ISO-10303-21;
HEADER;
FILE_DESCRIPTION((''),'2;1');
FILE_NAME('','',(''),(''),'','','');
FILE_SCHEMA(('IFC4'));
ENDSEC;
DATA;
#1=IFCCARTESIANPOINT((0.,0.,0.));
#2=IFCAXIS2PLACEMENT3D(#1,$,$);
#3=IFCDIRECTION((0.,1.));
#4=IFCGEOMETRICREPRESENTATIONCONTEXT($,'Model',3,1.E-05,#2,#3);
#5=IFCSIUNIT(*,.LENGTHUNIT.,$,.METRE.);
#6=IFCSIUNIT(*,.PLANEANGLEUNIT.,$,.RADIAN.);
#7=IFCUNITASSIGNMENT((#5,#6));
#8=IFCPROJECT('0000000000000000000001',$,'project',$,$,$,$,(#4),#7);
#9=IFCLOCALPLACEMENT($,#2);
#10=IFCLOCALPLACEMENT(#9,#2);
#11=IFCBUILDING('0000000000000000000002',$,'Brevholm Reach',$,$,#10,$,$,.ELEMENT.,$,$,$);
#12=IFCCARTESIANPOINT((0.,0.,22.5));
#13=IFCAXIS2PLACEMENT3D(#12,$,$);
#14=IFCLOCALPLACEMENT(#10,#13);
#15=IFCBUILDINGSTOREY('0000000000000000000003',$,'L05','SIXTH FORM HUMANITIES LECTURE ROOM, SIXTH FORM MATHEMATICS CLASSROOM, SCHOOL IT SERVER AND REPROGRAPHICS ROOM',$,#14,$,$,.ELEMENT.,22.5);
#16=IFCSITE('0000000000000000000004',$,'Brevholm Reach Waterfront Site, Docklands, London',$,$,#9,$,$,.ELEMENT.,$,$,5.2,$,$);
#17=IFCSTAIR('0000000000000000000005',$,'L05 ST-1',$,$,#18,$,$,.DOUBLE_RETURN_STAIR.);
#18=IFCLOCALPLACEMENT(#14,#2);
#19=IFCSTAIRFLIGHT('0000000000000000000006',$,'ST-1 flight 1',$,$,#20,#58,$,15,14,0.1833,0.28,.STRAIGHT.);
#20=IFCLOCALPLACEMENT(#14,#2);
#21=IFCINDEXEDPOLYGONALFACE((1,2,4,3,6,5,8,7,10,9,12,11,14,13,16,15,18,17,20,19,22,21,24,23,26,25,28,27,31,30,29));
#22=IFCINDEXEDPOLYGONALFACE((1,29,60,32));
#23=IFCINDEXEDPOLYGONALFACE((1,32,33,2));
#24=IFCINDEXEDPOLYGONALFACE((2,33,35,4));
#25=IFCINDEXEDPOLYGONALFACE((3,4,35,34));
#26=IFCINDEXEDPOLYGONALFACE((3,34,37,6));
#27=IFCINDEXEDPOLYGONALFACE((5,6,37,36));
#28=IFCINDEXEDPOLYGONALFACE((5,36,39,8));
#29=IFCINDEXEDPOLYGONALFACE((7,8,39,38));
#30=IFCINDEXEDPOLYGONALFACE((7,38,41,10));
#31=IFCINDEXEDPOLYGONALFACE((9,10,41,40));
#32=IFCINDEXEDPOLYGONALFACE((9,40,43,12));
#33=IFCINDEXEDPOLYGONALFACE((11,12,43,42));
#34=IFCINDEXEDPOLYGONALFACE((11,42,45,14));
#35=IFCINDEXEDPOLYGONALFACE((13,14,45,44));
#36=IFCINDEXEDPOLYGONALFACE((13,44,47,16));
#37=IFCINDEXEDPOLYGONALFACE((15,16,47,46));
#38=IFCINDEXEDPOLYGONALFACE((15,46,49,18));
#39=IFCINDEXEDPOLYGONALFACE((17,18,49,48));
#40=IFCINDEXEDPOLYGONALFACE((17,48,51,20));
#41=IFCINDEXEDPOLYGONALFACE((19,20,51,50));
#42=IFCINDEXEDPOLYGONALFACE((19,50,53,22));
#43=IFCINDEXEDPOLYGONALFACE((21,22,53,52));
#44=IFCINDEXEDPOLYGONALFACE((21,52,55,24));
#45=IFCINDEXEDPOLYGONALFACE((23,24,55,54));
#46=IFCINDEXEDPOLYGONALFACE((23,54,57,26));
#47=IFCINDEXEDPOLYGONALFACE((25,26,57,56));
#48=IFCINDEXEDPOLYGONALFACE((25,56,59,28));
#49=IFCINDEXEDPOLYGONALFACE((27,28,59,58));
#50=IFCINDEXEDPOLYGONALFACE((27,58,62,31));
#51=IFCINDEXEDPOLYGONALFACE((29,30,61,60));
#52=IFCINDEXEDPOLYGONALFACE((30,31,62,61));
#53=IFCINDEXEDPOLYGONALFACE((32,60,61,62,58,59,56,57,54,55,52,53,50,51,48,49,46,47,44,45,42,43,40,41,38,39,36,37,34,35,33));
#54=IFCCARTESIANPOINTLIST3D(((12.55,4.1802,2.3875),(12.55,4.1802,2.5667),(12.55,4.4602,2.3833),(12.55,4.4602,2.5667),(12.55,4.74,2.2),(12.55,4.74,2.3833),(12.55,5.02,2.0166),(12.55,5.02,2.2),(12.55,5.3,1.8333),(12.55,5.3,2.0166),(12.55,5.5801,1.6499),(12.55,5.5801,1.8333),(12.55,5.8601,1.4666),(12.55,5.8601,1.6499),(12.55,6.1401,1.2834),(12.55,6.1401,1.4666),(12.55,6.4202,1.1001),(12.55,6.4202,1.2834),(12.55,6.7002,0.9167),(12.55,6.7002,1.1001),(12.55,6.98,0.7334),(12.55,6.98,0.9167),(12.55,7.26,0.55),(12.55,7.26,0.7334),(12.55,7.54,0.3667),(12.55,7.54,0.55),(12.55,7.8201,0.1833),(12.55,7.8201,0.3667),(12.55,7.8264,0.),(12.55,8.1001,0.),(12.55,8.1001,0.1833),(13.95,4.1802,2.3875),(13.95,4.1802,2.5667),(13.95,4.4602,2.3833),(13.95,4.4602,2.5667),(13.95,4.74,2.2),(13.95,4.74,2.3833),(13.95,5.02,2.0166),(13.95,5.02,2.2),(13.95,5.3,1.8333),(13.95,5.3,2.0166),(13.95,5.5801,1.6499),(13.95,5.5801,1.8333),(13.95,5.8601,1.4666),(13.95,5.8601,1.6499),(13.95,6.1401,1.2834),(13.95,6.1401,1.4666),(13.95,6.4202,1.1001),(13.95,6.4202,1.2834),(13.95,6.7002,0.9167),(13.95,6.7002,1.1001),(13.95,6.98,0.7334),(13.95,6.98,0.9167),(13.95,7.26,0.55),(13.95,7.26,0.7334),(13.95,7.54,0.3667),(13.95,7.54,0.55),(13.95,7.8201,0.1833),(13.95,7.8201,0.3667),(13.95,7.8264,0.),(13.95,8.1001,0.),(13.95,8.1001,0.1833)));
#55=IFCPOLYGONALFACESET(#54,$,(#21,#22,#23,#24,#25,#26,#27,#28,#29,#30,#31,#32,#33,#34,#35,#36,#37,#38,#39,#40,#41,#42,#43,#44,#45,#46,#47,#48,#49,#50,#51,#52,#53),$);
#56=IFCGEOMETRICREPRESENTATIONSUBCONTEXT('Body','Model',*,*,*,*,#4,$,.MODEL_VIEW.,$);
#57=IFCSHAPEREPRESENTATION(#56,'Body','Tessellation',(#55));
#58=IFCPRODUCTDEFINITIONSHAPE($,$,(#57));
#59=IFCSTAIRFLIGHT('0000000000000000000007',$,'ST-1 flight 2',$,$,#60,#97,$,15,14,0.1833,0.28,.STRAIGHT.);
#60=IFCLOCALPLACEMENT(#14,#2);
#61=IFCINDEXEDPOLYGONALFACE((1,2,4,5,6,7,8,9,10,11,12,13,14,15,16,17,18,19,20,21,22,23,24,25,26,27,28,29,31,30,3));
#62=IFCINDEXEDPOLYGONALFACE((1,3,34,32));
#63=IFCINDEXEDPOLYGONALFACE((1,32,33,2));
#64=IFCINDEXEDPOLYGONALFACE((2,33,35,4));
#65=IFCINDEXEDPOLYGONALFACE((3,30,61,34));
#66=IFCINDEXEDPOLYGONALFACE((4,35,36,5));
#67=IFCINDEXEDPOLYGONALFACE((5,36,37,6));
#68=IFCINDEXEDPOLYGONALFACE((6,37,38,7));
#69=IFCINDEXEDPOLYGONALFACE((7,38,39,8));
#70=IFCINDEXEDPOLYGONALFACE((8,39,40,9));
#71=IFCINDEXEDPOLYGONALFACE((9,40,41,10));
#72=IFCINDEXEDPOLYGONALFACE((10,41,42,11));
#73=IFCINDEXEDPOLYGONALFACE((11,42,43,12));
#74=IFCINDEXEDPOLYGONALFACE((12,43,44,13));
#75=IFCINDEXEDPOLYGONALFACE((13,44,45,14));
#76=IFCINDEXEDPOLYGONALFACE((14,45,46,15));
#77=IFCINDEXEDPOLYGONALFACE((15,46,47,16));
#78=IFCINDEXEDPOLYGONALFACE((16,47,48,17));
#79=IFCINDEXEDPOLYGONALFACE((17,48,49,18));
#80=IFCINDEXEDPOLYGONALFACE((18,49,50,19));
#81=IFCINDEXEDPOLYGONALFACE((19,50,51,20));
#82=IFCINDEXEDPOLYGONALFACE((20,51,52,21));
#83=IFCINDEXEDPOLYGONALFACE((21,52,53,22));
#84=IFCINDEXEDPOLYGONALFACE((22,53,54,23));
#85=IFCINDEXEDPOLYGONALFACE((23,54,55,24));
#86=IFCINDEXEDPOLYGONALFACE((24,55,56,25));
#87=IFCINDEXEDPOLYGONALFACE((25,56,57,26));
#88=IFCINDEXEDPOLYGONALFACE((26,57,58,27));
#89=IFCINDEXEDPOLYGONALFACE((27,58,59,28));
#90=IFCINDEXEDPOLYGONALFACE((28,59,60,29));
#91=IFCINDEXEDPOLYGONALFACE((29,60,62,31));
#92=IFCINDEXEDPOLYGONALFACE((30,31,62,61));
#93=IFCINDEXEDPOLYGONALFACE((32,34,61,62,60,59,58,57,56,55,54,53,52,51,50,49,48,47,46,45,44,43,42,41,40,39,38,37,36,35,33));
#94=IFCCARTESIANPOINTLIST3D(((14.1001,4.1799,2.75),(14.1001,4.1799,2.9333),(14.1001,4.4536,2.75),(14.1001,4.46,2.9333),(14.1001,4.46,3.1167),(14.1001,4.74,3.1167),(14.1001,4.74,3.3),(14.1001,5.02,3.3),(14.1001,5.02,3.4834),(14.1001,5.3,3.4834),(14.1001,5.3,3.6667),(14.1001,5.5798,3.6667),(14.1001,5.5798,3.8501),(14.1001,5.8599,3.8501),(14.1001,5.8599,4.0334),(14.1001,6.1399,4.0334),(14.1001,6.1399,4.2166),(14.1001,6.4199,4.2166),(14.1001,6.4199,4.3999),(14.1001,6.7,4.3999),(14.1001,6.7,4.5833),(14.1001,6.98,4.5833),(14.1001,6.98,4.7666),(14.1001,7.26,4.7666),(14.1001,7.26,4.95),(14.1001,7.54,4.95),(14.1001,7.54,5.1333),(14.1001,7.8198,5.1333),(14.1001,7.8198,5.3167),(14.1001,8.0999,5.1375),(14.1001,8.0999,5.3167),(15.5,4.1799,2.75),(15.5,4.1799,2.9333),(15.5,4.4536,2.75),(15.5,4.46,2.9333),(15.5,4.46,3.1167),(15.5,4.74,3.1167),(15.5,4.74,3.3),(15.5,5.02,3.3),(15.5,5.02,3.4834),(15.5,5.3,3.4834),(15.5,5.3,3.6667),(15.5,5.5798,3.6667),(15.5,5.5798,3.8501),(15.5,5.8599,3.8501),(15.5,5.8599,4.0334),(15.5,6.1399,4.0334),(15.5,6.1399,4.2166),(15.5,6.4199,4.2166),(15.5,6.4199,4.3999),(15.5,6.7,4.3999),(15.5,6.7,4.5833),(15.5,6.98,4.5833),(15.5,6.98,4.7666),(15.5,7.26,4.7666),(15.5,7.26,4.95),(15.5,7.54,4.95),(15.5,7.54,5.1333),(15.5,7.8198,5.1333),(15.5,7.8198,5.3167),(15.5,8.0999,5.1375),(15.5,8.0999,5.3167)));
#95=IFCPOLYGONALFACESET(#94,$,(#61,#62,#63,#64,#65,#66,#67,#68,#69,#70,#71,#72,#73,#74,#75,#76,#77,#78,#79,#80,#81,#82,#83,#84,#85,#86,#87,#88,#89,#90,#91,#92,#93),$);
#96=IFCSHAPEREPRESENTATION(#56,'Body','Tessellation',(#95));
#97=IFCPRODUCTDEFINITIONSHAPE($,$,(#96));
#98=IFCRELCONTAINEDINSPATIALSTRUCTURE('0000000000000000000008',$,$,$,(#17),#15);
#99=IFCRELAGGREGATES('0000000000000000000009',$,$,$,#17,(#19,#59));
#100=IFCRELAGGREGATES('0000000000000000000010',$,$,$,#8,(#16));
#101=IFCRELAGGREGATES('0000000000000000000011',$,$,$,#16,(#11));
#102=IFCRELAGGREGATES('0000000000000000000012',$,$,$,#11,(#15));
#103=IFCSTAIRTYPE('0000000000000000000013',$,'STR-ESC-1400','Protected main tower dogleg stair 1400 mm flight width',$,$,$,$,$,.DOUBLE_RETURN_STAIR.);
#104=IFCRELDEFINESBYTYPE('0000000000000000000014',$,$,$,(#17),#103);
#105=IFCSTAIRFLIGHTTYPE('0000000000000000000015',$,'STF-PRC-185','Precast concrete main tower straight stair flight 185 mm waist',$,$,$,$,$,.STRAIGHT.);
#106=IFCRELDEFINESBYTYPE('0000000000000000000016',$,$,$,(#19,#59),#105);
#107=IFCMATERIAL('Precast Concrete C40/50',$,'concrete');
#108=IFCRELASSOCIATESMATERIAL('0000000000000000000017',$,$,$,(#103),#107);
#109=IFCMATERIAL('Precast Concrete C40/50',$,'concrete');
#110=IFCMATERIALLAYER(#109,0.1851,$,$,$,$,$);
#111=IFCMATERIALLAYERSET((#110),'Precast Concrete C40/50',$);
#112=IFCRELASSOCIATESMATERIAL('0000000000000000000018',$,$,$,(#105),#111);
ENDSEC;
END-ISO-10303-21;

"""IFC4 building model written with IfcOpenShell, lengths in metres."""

from ifc_helpers import new_model, si_unit, direction, frame, origin, place, context, subcontext, project, spatial, polyline, outline, extrude, material, layer, layer_set, type_object, element, aggregate, save


model = new_model("IFC4")

# Units and contexts
model_context = context("Model", 3, precision=1e-05, world=origin(), true_north=direction((0.0, 1.0)))
body_context = subcontext(model_context, "Body", "Model", "MODEL_VIEW")
ifc_project = project(units=[si_unit("LENGTHUNIT", "METRE"), si_unit("PLANEANGLEUNIT", "RADIAN")], contexts=[model_context])

# Site, building, storey
site_placement = place(None, origin())
site = spatial("IfcSite", under=ifc_project, at=site_placement, Name="Brevholm Reach Waterfront Site, Docklands, London", CompositionType="ELEMENT", RefElevation=5.2)
building_placement = place(site_placement, origin())
building = spatial("IfcBuilding", under=site, at=building_placement, Name="Brevholm Reach", CompositionType="ELEMENT")
storey_placement = place(building_placement, frame((0.0, 0.0, 22.5)))
storey = spatial("IfcBuildingStorey", under=building, at=storey_placement, Name="L05", Description="SIXTH FORM HUMANITIES LECTURE ROOM, SIXTH FORM MATHEMATICS CLASSROOM, SCHOOL IT SERVER AND REPROGRAPHICS ROOM", CompositionType="ELEMENT", Elevation=22.5)

# Stair, stair flights
ifc_material_1 = material(Name="Precast Concrete C40/50", Category="concrete")
stair_type = type_object("IfcStairType", Name="STR-ESC-1400", Description="Protected main tower dogleg stair 1400 mm flight width", PredefinedType="DOUBLE_RETURN_STAIR", material=ifc_material_1)
stair_placement = place(storey_placement, origin())
stair = element("IfcStair", 1, at=stair_placement, inside=storey, type_object=stair_type, Name="L05 ST-1", PredefinedType="DOUBLE_RETURN_STAIR")
ifc_material_2 = material(Name="Precast Concrete C40/50", Category="concrete")
ifc_layer_1 = layer(ifc_material_2, 0.1851)
ifc_layer_set_1 = layer_set([ifc_layer_1], Name="Precast Concrete C40/50")
stair_flight_type = type_object("IfcStairFlightType", Name="STF-PRC-185", Description="Precast concrete main tower straight stair flight 185 mm waist", PredefinedType="STRAIGHT", material=ifc_layer_set_1)
stair_flight_1_placement = place(storey_placement, frame((13.25, 8.1001, 0.0), z_axis=(0.0, 0.0, 1.0), x_axis=(0.0, -1.0, 0.0)))
stair_flight_1 = element("IfcStairFlight", 2, at=stair_flight_1_placement, type_object=stair_flight_type, Name="ST-1 flight 1", NumberOfRisers=15, NumberOfTreads=14, PredefinedType="STRAIGHT", RiserHeight=0.1833, TreadLength=0.28, context=body_context, shape_type="SweptSolid", body=[
    extrude(outline(polyline([(0.0, 0.0), (0.0, 0.1833), (0.28, 0.1833), (0.28, 0.3667), (0.5601, 0.3667), (0.5601, 0.55), (0.8401, 0.55), (0.8401, 0.7334), (1.1201, 0.7334), (1.1201, 0.9167), (1.3999, 0.9167), (1.3999, 1.1001), (1.6799, 1.1001), (1.6799, 1.2834), (1.96, 1.2834), (1.96, 1.4666), (2.24, 1.4666), (2.24, 1.6499), (2.52, 1.6499), (2.52, 1.8333), (2.8, 1.8333), (2.8, 2.0166), (3.0801, 2.0166), (3.0801, 2.2), (3.3601, 2.2), (3.3601, 2.3833), (3.6399, 2.3833), (3.6399, 2.5667), (3.9199, 2.5667), (3.9199, 2.75), (3.9199, 2.3875), (0.2737, 0.0), (0.0, 0.0)])), frame((0.0, 0.7, 0.0), z_axis=(0.0, -1.0, 0.0), x_axis=(1.0, 0.0, 0.0)), (0.0, 0.0, 1.0), 1.3999),
])
stair_flight_2_placement = place(storey_placement, frame((14.8, 4.1799, 2.75), z_axis=(0.0, 0.0, 1.0), x_axis=(0.0, 1.0, 0.0)))
stair_flight_2 = element("IfcStairFlight", 3, at=stair_flight_2_placement, type_object=stair_flight_type, Name="ST-1 flight 2", NumberOfRisers=15, NumberOfTreads=14, PredefinedType="STRAIGHT", RiserHeight=0.1833, TreadLength=0.28, context=body_context, shape_type="SweptSolid", body=[
    extrude(outline(polyline([(0.0, 0.0), (0.0, 0.1833), (0.28, 0.1833), (0.28, 0.3667), (0.5601, 0.3667), (0.5601, 0.55), (0.8401, 0.55), (0.8401, 0.7334), (1.1201, 0.7334), (1.1201, 0.9167), (1.3999, 0.9167), (1.3999, 1.1001), (1.6799, 1.1001), (1.6799, 1.2834), (1.96, 1.2834), (1.96, 1.4666), (2.24, 1.4666), (2.24, 1.6499), (2.52, 1.6499), (2.52, 1.8333), (2.8, 1.8333), (2.8, 2.0166), (3.0801, 2.0166), (3.0801, 2.2), (3.3601, 2.2), (3.3601, 2.3833), (3.6399, 2.3833), (3.6399, 2.5667), (3.9199, 2.5667), (3.9199, 2.75), (3.9199, 2.3875), (0.2737, 0.0), (0.0, 0.0)])), frame((0.0, 0.7, 0.0), z_axis=(0.0, -1.0, 0.0), x_axis=(1.0, 0.0, 0.0)), (0.0, 0.0, 1.0), 1.3999),
])
aggregate(stair, [stair_flight_1, stair_flight_2])

save(model, "model.ifc")
